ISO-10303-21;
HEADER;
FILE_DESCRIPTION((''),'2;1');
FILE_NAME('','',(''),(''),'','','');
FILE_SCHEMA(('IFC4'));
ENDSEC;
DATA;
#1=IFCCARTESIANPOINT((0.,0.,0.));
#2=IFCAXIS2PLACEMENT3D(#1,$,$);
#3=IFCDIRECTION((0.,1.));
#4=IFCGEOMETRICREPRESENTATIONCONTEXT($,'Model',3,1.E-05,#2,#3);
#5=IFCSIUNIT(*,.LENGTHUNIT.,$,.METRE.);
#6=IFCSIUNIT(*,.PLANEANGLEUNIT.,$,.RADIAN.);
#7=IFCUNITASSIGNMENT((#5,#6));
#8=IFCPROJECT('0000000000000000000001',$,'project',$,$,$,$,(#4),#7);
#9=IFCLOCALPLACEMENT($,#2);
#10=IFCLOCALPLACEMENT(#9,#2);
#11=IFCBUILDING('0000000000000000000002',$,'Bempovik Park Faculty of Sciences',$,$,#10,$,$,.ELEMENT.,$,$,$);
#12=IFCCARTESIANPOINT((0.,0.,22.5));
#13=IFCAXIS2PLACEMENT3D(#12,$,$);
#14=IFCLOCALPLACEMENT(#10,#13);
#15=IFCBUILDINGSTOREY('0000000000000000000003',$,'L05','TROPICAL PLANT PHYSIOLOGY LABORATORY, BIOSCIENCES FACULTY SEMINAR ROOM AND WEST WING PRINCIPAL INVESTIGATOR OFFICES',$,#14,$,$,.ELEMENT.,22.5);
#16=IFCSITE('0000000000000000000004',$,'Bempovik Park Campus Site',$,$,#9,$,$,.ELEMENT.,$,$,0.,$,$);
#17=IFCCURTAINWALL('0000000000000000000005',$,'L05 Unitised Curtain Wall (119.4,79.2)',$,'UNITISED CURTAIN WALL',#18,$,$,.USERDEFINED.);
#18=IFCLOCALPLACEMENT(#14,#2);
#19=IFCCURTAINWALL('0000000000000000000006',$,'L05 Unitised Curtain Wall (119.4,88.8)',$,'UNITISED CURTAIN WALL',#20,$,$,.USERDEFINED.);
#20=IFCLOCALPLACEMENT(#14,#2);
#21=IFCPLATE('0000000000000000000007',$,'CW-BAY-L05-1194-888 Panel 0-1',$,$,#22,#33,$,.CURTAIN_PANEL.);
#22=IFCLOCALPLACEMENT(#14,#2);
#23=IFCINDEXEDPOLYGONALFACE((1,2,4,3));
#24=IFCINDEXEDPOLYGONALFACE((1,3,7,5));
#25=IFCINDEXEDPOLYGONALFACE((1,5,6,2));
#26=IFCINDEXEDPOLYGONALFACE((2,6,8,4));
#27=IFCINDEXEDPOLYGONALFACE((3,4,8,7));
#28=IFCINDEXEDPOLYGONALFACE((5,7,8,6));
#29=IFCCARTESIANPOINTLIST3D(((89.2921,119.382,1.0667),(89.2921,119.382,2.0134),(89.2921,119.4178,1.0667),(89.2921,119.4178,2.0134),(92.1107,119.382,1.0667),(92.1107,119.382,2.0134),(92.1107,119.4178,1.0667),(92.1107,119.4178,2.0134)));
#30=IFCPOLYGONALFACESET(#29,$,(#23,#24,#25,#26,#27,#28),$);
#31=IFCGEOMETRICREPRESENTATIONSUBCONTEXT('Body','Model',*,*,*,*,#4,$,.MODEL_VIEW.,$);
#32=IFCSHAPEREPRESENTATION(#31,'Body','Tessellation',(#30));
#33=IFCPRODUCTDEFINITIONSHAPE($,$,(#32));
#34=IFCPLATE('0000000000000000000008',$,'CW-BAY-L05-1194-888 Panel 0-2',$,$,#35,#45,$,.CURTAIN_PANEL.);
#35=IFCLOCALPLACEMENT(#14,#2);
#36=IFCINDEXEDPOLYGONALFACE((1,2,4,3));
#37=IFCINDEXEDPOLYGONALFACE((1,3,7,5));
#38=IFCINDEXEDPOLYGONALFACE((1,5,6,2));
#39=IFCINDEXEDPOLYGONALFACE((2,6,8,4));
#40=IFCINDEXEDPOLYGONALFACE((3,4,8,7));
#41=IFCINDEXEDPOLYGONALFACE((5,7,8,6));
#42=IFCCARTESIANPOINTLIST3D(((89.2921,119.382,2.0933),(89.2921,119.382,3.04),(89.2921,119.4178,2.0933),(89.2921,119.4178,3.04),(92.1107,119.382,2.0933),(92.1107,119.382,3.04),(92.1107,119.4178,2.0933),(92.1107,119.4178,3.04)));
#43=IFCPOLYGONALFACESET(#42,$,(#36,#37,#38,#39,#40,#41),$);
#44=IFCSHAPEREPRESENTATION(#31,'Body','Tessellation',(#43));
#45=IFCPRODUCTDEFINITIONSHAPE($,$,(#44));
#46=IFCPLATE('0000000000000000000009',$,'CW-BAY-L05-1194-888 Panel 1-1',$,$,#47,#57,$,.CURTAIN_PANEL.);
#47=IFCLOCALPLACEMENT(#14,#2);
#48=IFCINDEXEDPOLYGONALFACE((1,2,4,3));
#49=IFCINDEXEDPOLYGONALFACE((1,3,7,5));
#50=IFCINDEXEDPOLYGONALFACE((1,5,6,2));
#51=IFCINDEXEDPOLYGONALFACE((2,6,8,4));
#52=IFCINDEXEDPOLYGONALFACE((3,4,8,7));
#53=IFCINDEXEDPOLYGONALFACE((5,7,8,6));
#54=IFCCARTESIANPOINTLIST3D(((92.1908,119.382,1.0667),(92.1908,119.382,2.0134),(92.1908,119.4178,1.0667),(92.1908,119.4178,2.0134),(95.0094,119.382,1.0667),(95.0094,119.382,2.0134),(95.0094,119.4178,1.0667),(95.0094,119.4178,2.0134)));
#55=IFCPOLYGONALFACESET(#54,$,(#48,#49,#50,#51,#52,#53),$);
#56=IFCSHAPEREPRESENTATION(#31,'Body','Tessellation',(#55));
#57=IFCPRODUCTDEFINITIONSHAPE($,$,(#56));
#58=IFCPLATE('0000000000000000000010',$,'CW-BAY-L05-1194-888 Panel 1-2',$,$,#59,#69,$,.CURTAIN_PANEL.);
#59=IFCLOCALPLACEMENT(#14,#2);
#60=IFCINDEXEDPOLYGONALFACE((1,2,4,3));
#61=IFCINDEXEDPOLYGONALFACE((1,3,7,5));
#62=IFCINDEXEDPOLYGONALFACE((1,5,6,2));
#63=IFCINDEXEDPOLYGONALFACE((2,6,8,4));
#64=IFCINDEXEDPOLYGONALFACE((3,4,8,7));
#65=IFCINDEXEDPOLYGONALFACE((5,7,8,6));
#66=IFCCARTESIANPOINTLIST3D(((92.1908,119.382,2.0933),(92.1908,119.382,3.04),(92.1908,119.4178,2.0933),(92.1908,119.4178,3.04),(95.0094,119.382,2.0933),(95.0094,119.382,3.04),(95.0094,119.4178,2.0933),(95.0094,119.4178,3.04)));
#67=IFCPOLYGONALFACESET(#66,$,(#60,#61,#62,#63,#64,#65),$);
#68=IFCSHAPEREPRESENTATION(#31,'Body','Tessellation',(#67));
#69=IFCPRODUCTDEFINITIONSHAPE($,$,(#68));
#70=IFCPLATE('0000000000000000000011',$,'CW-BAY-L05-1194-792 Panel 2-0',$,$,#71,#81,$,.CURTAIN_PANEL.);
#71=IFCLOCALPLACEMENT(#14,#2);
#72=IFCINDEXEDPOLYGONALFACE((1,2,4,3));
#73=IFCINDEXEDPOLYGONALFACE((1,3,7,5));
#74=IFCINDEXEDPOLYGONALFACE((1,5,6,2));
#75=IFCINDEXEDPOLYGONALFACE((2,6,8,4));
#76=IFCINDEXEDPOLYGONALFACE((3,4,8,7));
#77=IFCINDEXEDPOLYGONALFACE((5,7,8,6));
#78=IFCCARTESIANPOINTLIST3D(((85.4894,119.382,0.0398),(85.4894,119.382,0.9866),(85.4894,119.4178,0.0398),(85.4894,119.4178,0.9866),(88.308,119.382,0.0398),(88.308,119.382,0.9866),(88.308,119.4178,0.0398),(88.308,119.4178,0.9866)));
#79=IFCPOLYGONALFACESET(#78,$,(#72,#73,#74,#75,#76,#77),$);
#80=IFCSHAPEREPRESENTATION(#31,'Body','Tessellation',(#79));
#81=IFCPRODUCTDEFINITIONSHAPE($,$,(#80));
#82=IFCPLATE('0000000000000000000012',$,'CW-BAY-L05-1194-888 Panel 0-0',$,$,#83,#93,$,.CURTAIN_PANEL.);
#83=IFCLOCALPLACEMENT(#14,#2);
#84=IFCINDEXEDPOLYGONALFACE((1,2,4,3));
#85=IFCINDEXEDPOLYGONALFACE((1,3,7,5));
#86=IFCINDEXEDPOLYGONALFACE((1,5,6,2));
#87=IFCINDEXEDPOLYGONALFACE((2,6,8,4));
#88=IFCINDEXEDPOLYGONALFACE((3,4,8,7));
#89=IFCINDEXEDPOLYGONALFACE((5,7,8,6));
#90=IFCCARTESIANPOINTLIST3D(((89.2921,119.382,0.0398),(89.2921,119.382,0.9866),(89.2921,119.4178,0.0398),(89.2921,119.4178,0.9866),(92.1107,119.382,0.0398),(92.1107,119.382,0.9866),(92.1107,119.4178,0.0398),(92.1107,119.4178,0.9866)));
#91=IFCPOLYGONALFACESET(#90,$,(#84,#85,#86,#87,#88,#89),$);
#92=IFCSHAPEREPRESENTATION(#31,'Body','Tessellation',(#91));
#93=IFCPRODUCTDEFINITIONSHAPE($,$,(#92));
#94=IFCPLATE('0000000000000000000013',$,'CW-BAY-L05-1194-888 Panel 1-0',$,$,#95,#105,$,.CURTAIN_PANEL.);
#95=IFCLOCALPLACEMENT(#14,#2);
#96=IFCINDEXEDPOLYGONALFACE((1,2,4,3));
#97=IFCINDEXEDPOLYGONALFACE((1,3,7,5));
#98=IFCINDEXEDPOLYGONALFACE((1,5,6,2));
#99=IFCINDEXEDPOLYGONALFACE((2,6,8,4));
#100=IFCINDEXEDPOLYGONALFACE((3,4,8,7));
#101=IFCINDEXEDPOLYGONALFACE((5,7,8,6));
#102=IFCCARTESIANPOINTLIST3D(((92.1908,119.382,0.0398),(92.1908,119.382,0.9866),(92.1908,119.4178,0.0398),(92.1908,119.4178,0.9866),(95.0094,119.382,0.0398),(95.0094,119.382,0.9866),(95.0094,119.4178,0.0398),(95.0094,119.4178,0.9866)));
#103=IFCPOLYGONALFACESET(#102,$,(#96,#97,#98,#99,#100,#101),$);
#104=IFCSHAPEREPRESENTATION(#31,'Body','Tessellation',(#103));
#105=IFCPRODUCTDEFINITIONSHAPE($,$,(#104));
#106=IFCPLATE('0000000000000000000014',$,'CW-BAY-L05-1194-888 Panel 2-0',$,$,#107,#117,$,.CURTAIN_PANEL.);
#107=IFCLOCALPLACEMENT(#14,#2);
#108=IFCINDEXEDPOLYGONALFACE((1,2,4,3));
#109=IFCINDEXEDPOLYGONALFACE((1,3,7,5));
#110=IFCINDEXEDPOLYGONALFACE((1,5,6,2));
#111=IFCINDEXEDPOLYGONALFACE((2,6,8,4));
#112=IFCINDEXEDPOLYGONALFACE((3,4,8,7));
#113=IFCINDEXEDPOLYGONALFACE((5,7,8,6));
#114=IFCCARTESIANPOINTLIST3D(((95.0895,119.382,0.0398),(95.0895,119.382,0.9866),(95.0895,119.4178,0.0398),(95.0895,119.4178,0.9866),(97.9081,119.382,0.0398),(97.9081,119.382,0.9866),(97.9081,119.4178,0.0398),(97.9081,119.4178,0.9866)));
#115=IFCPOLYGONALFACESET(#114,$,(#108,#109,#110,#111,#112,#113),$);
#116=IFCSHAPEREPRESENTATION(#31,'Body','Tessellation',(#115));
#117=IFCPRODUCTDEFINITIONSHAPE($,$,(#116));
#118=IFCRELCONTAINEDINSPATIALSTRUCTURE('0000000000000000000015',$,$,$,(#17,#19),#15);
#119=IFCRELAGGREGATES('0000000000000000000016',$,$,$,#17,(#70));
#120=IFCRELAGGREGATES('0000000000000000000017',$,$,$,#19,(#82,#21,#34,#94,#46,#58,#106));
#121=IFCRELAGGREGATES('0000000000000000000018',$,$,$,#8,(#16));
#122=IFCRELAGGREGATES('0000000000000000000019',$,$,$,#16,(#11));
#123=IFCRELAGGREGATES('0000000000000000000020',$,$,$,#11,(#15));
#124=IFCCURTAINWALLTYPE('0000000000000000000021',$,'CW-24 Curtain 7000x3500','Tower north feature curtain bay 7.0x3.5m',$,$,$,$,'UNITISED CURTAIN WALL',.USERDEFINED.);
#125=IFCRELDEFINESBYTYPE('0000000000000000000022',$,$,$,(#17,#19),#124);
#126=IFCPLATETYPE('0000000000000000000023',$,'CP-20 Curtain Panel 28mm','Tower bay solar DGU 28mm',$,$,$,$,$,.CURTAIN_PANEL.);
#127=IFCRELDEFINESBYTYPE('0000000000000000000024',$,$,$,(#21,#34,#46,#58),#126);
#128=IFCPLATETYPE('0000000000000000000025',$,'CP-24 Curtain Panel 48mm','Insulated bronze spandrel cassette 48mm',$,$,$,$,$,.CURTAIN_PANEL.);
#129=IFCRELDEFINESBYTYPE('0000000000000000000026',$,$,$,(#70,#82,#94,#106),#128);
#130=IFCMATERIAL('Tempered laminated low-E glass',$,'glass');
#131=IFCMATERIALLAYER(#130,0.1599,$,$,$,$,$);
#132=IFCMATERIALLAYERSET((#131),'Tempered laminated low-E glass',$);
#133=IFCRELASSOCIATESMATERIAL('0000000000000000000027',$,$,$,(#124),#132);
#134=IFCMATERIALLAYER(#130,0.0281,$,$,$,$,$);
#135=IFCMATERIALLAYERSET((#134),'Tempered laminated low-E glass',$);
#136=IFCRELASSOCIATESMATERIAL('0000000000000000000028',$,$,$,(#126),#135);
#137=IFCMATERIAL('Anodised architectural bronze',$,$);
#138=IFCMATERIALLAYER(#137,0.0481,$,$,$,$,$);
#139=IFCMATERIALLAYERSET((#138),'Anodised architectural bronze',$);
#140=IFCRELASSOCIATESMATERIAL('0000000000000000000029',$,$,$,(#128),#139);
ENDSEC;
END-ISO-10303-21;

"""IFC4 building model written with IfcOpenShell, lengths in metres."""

from ifc_helpers import new_model, si_unit, direction, frame, origin, origin_2d, place, context, subcontext, project, spatial, rectangle, extrude, material, layer, layer_set, type_object, element, aggregate, save


model = new_model("IFC4")

# Units and contexts
model_context = context("Model", 3, precision=1e-05, world=origin(), true_north=direction((0.0, 1.0)))
body_context = subcontext(model_context, "Body", "Model", "MODEL_VIEW")
ifc_project = project(units=[si_unit("LENGTHUNIT", "METRE"), si_unit("PLANEANGLEUNIT", "RADIAN")], contexts=[model_context])

# Site, building, storey
site_placement = place(None, origin())
site = spatial("IfcSite", under=ifc_project, at=site_placement, Name="Bempovik Park Campus Site", CompositionType="ELEMENT", RefElevation=0.0)
building_placement = place(site_placement, origin())
building = spatial("IfcBuilding", under=site, at=building_placement, Name="Bempovik Park Faculty of Sciences", CompositionType="ELEMENT")
storey_placement = place(building_placement, frame((0.0, 0.0, 22.5)))
storey = spatial("IfcBuildingStorey", under=building, at=storey_placement, Name="L05", Description="TROPICAL PLANT PHYSIOLOGY LABORATORY, BIOSCIENCES FACULTY SEMINAR ROOM AND WEST WING PRINCIPAL INVESTIGATOR OFFICES", CompositionType="ELEMENT", Elevation=22.5)

# Curtain wall
ifc_material_1 = material(Name="Tempered laminated low-E glass", Category="glass")
ifc_layer_1 = layer(ifc_material_1, 0.1599)
ifc_layer_set_1 = layer_set([ifc_layer_1], Name="Tempered laminated low-E glass")
curtain_wall_type = type_object("IfcCurtainWallType", Name="CW-24 Curtain 7000x3500", Description="Tower north feature curtain bay 7.0x3.5m", ElementType="UNITISED CURTAIN WALL", PredefinedType="USERDEFINED", material=ifc_layer_set_1)
curtain_wall_1_placement = place(storey_placement, origin())
curtain_wall_1 = element("IfcCurtainWall", 1, at=curtain_wall_1_placement, inside=storey, type_object=curtain_wall_type, Name="L05 Unitised Curtain Wall (119.4,79.2)", ObjectType="UNITISED CURTAIN WALL", PredefinedType="USERDEFINED")

# Curtain wall
curtain_wall_2_placement = place(storey_placement, origin())
curtain_wall_2 = element("IfcCurtainWall", 2, at=curtain_wall_2_placement, inside=storey, type_object=curtain_wall_type, Name="L05 Unitised Curtain Wall (119.4,88.8)", ObjectType="UNITISED CURTAIN WALL", PredefinedType="USERDEFINED")

# Plates
ifc_layer_2 = layer(ifc_material_1, 0.0281)
ifc_layer_set_2 = layer_set([ifc_layer_2], Name="Tempered laminated low-E glass")
plate_type_1 = type_object("IfcPlateType", Name="CP-20 Curtain Panel 28mm", Description="Tower bay solar DGU 28mm", PredefinedType="CURTAIN_PANEL", material=ifc_layer_set_2)
plate_1_placement = place(storey_placement, frame((90.7014, 119.3999, 1.0667), z_axis=(0.0, 0.0, 1.0), x_axis=(1.0, 0.0, 0.0)))
plate_1 = element("IfcPlate", 3, at=plate_1_placement, type_object=plate_type_1, Name="CW-BAY-L05-1194-888 Panel 0-1", PredefinedType="CURTAIN_PANEL", context=body_context, shape_type="SweptSolid", body=[
    extrude(rectangle(XDim=2.8186, YDim=0.0359, at=origin_2d()), origin(), (0.0, 0.0, 1.0), 0.9468),
])
plate_2_placement = place(storey_placement, frame((90.7014, 119.3999, 2.0933), z_axis=(0.0, 0.0, 1.0), x_axis=(1.0, 0.0, 0.0)))
plate_2 = element("IfcPlate", 4, at=plate_2_placement, type_object=plate_type_1, Name="CW-BAY-L05-1194-888 Panel 0-2", PredefinedType="CURTAIN_PANEL", context=body_context, shape_type="SweptSolid", body=[
    extrude(rectangle(XDim=2.8186, YDim=0.0359, at=origin_2d()), origin(), (0.0, 0.0, 1.0), 0.9468),
])
plate_3_placement = place(storey_placement, frame((93.6001, 119.3999, 1.0667), z_axis=(0.0, 0.0, 1.0), x_axis=(1.0, 0.0, 0.0)))
plate_3 = element("IfcPlate", 5, at=plate_3_placement, type_object=plate_type_1, Name="CW-BAY-L05-1194-888 Panel 1-1", PredefinedType="CURTAIN_PANEL", context=body_context, shape_type="SweptSolid", body=[
    extrude(rectangle(XDim=2.8186, YDim=0.0359, at=origin_2d()), origin(), (0.0, 0.0, 1.0), 0.9468),
])
plate_4_placement = place(storey_placement, frame((93.6001, 119.3999, 2.0933), z_axis=(0.0, 0.0, 1.0), x_axis=(1.0, 0.0, 0.0)))
plate_4 = element("IfcPlate", 6, at=plate_4_placement, type_object=plate_type_1, Name="CW-BAY-L05-1194-888 Panel 1-2", PredefinedType="CURTAIN_PANEL", context=body_context, shape_type="SweptSolid", body=[
    extrude(rectangle(XDim=2.8186, YDim=0.0359, at=origin_2d()), origin(), (0.0, 0.0, 1.0), 0.9468),
])
ifc_material_2 = material(Name="Anodised architectural bronze")
ifc_layer_3 = layer(ifc_material_2, 0.0481)
ifc_layer_set_3 = layer_set([ifc_layer_3], Name="Anodised architectural bronze")
plate_type_2 = type_object("IfcPlateType", Name="CP-24 Curtain Panel 48mm", Description="Insulated bronze spandrel cassette 48mm", PredefinedType="CURTAIN_PANEL", material=ifc_layer_set_3)
plate_5_placement = place(storey_placement, frame((86.8987, 119.3999, 0.0398), z_axis=(0.0, 0.0, 1.0), x_axis=(1.0, 0.0, 0.0)))
plate_5 = element("IfcPlate", 7, at=plate_5_placement, type_object=plate_type_2, Name="CW-BAY-L05-1194-792 Panel 2-0", PredefinedType="CURTAIN_PANEL", context=body_context, shape_type="SweptSolid", body=[
    extrude(rectangle(XDim=2.8186, YDim=0.0359, at=origin_2d()), origin(), (0.0, 0.0, 1.0), 0.9468),
])
aggregate(curtain_wall_1, [plate_5])
plate_6_placement = place(storey_placement, frame((90.7014, 119.3999, 0.0398), z_axis=(0.0, 0.0, 1.0), x_axis=(1.0, 0.0, 0.0)))
plate_6 = element("IfcPlate", 8, at=plate_6_placement, type_object=plate_type_2, Name="CW-BAY-L05-1194-888 Panel 0-0", PredefinedType="CURTAIN_PANEL", context=body_context, shape_type="SweptSolid", body=[
    extrude(rectangle(XDim=2.8186, YDim=0.0359, at=origin_2d()), origin(), (0.0, 0.0, 1.0), 0.9468),
])
plate_7_placement = place(storey_placement, frame((93.6001, 119.3999, 0.0398), z_axis=(0.0, 0.0, 1.0), x_axis=(1.0, 0.0, 0.0)))
plate_7 = element("IfcPlate", 9, at=plate_7_placement, type_object=plate_type_2, Name="CW-BAY-L05-1194-888 Panel 1-0", PredefinedType="CURTAIN_PANEL", context=body_context, shape_type="SweptSolid", body=[
    extrude(rectangle(XDim=2.8186, YDim=0.0359, at=origin_2d()), origin(), (0.0, 0.0, 1.0), 0.9468),
])
plate_8_placement = place(storey_placement, frame((96.4988, 119.3999, 0.0398), z_axis=(0.0, 0.0, 1.0), x_axis=(1.0, 0.0, 0.0)))
plate_8 = element("IfcPlate", 10, at=plate_8_placement, type_object=plate_type_2, Name="CW-BAY-L05-1194-888 Panel 2-0", PredefinedType="CURTAIN_PANEL", context=body_context, shape_type="SweptSolid", body=[
    extrude(rectangle(XDim=2.8186, YDim=0.0359, at=origin_2d()), origin(), (0.0, 0.0, 1.0), 0.9468),
])
aggregate(curtain_wall_2, [plate_6, plate_1, plate_2, plate_7, plate_3, plate_4, plate_8])

save(model, "model.ifc")
